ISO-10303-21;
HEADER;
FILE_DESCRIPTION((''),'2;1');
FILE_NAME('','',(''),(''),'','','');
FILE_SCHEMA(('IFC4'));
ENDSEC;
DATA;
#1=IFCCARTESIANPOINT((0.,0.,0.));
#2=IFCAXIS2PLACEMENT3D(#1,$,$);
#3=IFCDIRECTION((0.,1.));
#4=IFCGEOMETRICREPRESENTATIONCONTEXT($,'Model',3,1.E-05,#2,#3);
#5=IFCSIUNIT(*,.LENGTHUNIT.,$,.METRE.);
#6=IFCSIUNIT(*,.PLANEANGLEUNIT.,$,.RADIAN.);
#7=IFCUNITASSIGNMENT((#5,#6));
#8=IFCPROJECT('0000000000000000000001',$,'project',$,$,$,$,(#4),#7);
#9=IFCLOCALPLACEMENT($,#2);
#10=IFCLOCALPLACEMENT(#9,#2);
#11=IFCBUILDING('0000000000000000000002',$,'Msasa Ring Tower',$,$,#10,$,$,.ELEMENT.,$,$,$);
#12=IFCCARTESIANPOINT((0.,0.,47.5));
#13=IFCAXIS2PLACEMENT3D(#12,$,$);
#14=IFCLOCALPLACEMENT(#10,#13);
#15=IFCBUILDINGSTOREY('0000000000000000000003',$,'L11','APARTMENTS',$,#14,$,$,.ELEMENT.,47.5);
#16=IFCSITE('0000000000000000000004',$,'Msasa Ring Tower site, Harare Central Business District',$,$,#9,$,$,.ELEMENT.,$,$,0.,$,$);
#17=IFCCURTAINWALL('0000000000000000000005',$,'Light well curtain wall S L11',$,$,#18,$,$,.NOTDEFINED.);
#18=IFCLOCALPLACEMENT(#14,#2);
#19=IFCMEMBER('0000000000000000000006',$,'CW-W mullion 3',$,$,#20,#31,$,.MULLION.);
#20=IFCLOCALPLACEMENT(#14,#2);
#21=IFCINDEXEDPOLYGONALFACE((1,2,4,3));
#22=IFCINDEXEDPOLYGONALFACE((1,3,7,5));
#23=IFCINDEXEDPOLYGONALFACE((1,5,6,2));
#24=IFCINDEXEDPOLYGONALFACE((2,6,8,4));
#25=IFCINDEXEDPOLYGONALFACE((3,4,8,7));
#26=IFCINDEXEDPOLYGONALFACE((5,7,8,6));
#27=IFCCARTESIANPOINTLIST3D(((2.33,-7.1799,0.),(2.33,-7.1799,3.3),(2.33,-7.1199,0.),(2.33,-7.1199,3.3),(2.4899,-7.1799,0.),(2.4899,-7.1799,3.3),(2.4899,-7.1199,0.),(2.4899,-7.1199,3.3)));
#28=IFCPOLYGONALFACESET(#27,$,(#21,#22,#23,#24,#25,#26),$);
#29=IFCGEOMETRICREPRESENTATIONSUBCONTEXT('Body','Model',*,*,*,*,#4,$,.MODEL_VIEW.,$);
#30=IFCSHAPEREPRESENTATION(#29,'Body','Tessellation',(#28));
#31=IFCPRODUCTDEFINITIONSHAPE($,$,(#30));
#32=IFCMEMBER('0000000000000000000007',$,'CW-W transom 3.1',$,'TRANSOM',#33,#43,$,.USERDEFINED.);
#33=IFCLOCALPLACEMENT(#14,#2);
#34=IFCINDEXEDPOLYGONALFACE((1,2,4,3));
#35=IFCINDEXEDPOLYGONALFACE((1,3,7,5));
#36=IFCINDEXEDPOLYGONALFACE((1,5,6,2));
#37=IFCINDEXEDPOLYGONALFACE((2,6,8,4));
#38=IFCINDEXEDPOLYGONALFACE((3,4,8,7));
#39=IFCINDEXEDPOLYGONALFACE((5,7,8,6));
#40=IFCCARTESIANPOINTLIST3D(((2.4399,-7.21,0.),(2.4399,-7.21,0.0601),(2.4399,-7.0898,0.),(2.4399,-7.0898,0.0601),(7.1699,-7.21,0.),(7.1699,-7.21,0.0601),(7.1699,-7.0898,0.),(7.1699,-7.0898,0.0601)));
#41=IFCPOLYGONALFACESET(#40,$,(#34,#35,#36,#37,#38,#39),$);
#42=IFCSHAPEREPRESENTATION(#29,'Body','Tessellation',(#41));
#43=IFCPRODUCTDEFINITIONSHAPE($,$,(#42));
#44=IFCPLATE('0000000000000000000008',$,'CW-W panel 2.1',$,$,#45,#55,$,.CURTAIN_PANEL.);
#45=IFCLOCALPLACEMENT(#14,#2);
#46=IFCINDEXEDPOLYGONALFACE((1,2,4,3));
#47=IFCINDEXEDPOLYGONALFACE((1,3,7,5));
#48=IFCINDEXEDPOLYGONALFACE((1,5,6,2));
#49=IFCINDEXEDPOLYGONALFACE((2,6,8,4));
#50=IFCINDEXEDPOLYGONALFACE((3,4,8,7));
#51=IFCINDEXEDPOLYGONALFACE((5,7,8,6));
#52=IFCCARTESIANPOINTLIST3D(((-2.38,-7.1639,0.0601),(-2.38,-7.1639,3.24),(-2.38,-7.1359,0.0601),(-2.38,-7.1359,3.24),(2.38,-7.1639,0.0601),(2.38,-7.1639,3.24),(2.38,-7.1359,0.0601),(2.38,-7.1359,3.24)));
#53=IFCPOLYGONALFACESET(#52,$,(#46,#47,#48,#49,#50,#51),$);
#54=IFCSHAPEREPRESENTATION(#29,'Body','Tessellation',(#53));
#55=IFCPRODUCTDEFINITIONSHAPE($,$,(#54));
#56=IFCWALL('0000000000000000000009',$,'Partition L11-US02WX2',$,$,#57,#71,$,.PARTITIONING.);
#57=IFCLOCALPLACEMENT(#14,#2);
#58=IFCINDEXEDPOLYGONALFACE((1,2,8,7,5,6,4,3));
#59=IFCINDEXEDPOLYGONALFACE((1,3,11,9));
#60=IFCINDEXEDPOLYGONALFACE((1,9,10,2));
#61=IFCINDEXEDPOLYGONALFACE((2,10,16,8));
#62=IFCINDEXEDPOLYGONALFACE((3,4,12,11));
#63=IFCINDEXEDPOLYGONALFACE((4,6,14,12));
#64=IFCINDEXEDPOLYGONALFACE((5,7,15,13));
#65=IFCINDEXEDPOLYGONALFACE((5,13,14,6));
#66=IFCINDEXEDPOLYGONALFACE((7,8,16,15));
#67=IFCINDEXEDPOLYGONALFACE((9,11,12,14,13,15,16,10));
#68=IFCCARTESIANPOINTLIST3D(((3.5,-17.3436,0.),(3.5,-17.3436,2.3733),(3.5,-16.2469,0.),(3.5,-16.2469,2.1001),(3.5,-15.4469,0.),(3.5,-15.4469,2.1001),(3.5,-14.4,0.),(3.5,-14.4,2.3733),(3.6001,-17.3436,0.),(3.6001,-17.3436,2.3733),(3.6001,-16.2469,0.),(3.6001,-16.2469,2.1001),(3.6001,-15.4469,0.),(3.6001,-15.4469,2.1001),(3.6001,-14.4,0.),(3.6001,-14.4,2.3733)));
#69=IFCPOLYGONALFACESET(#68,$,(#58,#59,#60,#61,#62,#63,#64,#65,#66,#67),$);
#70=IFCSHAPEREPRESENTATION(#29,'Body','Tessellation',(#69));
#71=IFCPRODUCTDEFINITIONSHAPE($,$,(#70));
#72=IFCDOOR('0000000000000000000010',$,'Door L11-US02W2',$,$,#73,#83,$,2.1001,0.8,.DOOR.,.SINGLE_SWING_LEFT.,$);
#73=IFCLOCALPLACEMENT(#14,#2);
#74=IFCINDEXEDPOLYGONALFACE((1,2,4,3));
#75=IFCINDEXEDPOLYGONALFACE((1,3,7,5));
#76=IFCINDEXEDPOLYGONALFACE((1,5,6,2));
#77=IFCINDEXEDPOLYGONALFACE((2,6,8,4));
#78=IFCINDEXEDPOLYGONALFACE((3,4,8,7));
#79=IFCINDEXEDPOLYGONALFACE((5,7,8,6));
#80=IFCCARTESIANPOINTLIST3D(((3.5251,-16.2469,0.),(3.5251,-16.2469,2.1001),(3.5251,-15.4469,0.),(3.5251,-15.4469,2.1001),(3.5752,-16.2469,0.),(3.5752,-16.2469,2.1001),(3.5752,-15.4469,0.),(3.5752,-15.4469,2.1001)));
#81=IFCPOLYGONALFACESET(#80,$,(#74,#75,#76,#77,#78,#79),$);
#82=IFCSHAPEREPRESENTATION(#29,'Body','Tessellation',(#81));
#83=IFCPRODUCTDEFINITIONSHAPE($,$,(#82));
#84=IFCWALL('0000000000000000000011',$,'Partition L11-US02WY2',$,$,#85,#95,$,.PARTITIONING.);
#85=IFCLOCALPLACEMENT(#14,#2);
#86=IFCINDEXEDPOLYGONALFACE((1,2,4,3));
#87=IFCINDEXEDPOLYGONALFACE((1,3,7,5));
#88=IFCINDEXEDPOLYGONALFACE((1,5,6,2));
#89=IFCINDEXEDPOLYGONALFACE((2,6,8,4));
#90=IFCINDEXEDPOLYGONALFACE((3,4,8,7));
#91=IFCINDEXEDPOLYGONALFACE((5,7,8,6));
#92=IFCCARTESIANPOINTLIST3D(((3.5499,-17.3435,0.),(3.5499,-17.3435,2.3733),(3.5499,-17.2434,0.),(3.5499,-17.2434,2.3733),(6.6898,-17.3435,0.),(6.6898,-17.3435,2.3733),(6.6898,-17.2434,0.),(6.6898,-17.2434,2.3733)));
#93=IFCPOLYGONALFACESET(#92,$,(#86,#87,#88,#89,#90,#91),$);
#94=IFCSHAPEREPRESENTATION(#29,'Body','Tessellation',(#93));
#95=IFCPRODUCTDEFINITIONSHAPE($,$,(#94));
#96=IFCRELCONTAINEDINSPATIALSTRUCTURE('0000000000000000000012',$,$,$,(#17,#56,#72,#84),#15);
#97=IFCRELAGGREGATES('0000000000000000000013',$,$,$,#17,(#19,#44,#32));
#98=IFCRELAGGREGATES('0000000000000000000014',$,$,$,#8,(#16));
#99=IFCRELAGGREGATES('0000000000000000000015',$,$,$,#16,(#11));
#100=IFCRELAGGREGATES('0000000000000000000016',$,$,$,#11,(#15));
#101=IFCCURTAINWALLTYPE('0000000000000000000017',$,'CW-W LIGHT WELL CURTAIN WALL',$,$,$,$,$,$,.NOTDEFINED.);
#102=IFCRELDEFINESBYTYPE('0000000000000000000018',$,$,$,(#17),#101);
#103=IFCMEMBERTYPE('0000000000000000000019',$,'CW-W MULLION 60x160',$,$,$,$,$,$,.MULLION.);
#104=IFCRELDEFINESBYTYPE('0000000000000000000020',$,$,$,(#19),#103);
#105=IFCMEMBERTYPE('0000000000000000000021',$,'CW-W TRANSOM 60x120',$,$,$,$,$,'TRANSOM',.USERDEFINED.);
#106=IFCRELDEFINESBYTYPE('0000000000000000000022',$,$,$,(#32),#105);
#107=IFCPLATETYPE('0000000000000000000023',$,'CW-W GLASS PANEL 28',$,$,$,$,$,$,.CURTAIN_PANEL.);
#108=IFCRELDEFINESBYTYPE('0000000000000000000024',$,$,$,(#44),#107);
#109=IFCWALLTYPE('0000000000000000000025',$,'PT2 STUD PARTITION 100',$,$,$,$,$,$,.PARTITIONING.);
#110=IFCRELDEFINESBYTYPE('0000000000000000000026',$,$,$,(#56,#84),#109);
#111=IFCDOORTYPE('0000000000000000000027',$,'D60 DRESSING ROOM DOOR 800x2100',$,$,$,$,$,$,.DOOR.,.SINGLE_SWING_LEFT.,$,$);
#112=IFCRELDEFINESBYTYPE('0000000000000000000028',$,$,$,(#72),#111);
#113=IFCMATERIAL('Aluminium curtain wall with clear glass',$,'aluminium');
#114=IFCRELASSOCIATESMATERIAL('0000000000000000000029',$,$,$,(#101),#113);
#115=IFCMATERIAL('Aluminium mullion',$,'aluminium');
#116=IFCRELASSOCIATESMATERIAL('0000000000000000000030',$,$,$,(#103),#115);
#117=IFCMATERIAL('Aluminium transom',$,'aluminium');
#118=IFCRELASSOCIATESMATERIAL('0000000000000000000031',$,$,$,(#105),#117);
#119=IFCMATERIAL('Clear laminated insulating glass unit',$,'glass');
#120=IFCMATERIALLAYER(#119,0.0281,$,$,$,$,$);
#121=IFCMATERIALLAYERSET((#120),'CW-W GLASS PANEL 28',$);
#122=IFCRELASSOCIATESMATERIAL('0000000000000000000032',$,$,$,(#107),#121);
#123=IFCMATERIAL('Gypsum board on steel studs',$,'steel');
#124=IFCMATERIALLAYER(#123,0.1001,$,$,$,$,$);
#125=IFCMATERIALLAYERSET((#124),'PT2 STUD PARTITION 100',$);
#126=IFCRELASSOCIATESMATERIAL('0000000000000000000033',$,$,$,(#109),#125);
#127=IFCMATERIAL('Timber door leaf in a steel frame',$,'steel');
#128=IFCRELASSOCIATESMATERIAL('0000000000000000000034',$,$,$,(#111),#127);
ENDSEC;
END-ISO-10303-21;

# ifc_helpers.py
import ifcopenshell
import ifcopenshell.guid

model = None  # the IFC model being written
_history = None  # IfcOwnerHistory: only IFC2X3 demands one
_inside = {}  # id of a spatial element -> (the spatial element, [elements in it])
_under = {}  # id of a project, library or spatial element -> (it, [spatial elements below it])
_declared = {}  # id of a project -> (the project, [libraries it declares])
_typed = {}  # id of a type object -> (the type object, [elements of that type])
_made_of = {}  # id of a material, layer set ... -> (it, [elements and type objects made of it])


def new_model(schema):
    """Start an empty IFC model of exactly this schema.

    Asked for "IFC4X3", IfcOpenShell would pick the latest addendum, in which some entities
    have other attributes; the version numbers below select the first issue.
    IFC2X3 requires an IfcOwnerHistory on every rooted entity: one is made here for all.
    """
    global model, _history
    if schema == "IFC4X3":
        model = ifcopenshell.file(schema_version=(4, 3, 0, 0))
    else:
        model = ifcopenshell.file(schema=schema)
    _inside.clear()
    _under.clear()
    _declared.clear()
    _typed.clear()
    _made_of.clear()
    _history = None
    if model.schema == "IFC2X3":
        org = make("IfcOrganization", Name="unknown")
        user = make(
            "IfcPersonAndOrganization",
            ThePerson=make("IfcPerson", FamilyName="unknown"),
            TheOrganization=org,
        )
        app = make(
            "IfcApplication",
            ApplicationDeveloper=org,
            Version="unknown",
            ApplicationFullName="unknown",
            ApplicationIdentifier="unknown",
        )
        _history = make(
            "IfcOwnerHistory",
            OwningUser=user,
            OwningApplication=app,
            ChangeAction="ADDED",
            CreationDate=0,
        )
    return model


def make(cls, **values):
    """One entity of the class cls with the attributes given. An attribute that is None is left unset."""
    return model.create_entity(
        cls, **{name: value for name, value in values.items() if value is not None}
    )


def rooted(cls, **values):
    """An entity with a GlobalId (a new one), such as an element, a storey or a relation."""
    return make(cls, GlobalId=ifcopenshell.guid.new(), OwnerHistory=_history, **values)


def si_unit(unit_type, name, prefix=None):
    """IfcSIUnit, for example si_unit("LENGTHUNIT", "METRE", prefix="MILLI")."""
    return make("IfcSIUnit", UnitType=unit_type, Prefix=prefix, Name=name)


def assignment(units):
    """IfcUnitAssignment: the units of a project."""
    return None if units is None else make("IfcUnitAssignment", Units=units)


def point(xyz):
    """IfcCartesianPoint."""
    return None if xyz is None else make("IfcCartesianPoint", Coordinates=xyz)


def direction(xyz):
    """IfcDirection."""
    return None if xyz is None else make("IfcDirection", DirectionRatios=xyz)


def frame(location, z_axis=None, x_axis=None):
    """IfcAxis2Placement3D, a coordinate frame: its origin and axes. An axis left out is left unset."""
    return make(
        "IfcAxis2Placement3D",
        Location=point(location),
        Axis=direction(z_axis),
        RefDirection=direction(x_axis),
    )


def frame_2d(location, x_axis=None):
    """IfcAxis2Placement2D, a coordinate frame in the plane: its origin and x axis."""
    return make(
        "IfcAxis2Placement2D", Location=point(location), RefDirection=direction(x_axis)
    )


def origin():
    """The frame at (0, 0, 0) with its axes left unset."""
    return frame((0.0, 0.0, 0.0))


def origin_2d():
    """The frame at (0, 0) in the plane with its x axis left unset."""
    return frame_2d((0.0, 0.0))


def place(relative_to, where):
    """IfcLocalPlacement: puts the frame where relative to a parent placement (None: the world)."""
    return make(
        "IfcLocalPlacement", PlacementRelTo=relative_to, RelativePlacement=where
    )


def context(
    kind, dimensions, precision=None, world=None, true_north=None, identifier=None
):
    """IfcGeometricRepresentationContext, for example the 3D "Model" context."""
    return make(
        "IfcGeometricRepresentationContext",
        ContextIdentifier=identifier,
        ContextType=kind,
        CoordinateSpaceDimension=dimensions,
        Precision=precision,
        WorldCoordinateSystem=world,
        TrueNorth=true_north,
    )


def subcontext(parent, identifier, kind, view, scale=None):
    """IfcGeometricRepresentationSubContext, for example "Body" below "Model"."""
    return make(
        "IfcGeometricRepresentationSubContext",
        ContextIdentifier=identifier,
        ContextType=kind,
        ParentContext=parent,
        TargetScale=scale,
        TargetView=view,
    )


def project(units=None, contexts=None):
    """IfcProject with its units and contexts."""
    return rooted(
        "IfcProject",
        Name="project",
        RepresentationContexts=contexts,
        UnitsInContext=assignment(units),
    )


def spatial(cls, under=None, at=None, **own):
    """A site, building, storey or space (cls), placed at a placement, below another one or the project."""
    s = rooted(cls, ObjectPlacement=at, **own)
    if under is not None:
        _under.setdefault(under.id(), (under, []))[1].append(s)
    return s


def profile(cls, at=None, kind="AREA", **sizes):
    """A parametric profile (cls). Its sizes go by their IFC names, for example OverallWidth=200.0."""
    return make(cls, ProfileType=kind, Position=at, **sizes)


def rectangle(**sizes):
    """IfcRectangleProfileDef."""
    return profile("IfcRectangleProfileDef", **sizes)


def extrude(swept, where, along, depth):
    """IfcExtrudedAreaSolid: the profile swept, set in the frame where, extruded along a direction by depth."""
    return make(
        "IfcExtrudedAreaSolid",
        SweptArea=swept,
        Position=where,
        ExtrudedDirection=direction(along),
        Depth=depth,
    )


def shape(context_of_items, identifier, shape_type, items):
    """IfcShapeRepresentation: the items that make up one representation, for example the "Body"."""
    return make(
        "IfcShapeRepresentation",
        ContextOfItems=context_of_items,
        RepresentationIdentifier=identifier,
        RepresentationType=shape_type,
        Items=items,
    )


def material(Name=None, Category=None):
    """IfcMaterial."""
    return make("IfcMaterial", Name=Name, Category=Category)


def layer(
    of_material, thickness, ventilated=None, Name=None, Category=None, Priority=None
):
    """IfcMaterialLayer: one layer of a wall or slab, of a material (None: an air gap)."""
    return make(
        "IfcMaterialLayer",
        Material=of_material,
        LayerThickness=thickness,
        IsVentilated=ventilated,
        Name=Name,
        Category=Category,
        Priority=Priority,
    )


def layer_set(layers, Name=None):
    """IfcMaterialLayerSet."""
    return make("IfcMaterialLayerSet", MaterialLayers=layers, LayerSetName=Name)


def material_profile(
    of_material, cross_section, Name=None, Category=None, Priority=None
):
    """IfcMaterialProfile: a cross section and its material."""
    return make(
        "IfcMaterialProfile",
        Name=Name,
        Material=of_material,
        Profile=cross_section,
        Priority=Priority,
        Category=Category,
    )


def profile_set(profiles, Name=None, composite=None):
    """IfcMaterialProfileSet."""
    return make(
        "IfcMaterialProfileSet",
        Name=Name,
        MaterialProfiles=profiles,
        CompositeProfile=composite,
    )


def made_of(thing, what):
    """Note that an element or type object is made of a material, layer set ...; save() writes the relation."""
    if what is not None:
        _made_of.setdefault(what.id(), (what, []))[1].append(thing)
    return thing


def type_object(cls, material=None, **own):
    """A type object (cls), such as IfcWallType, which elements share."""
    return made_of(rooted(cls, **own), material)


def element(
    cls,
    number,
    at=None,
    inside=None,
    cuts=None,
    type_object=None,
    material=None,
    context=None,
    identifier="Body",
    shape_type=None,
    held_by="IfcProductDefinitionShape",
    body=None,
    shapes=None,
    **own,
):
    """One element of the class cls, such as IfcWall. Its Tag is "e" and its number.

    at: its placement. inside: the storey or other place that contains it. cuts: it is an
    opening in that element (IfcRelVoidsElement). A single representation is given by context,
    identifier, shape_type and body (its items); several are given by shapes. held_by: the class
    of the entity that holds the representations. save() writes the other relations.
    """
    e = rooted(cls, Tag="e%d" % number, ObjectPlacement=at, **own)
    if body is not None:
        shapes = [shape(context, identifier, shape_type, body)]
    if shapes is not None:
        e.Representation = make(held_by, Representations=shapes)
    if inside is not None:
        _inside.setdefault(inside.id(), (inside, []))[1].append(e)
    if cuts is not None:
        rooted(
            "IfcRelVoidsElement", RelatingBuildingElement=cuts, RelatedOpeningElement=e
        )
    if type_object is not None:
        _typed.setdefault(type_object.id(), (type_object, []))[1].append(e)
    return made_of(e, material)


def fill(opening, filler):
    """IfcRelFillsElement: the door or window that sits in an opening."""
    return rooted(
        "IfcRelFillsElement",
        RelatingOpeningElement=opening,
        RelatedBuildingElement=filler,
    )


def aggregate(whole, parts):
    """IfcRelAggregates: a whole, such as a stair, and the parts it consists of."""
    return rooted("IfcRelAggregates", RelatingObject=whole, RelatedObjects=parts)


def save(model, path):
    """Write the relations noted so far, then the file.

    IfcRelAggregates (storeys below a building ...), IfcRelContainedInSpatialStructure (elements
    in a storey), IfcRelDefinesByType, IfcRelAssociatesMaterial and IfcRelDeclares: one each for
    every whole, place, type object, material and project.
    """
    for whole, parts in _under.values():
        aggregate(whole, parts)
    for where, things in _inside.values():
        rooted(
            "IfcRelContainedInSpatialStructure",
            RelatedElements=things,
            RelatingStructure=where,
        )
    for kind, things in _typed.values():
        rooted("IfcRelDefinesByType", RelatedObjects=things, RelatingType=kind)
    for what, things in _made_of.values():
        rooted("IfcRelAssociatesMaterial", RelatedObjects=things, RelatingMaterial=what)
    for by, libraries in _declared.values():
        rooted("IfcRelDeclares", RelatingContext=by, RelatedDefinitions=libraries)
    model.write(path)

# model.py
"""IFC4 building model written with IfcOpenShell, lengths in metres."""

from ifc_helpers import new_model, si_unit, direction, frame, frame_2d, origin, origin_2d, place, context, subcontext, project, spatial, rectangle, extrude, material, layer, layer_set, material_profile, profile_set, type_object, element, fill, aggregate, save


model = new_model("IFC4")

# Units and contexts
model_context = context("Model", 3, precision=1e-05, world=origin(), true_north=direction((0.0, 1.0)))
body_context = subcontext(model_context, "Body", "Model", "MODEL_VIEW")
ifc_project = project(units=[si_unit("LENGTHUNIT", "METRE"), si_unit("PLANEANGLEUNIT", "RADIAN")], contexts=[model_context])

# Site, building, storey
site_placement = place(None, origin())
site = spatial("IfcSite", under=ifc_project, at=site_placement, Name="Msasa Ring Tower site, Harare Central Business District", CompositionType="ELEMENT", RefElevation=0.0)
building_placement = place(site_placement, origin())
building = spatial("IfcBuilding", under=site, at=building_placement, Name="Msasa Ring Tower", CompositionType="ELEMENT")
storey_placement = place(building_placement, frame((0.0, 0.0, 47.5)))
storey = spatial("IfcBuildingStorey", under=building, at=storey_placement, Name="L11", Description="APARTMENTS", CompositionType="ELEMENT", Elevation=47.5)

# Curtain wall, members, plate
ifc_material_1 = material(Name="Aluminium curtain wall with clear glass", Category="aluminium")
curtain_wall_type = type_object("IfcCurtainWallType", Name="CW-W LIGHT WELL CURTAIN WALL", PredefinedType="NOTDEFINED", material=ifc_material_1)
curtain_wall_placement = place(storey_placement, origin())
curtain_wall = element("IfcCurtainWall", 1, at=curtain_wall_placement, inside=storey, type_object=curtain_wall_type, Name="Light well curtain wall S L11", PredefinedType="NOTDEFINED")
ifc_material_2 = material(Name="Aluminium mullion", Category="aluminium")
ifc_material_profile_1 = material_profile(ifc_material_2, rectangle(XDim=0.0601, YDim=0.1599, at=origin_2d()), Name="AL 60x160")
ifc_profile_set_1 = profile_set([ifc_material_profile_1], Name="Aluminium mullion")
member_type_1 = type_object("IfcMemberType", Name="CW-W MULLION 60x160", PredefinedType="MULLION", material=ifc_profile_set_1)
member_1_placement = place(storey_placement, frame((2.4099, -7.1499, 0.0), z_axis=(0.0, 0.0, 1.0), x_axis=(0.0, 1.0, 0.0)))
member_1 = element("IfcMember", 2, at=member_1_placement, type_object=member_type_1, Name="CW-W mullion 3", PredefinedType="MULLION", context=body_context, shape_type="SweptSolid", body=[
    extrude(rectangle(XDim=0.0601, YDim=0.1599, at=origin_2d()), origin(), (0.0, 0.0, 1.0), 3.3),
])
ifc_material_3 = material(Name="Aluminium transom", Category="aluminium")
ifc_material_profile_2 = material_profile(ifc_material_3, rectangle(XDim=0.1201, YDim=0.0601, at=origin_2d()), Name="AL 60x120")
ifc_profile_set_2 = profile_set([ifc_material_profile_2], Name="Aluminium transom")
member_type_2 = type_object("IfcMemberType", Name="CW-W TRANSOM 60x120", ElementType="TRANSOM", PredefinedType="USERDEFINED", material=ifc_profile_set_2)
member_2_placement = place(storey_placement, frame((2.4399, -7.1499, 0.03), z_axis=(1.0, 0.0, 0.0), x_axis=(0.0, 1.0, 0.0)))
member_2 = element("IfcMember", 3, at=member_2_placement, type_object=member_type_2, Name="CW-W transom 3.1", ObjectType="TRANSOM", PredefinedType="USERDEFINED", context=body_context, shape_type="SweptSolid", body=[
    extrude(rectangle(XDim=0.1201, YDim=0.0601, at=origin_2d()), origin(), (0.0, 0.0, 1.0), 4.73),
])
ifc_material_4 = material(Name="Clear laminated insulating glass unit", Category="glass")
ifc_layer_1 = layer(ifc_material_4, 0.0281)
ifc_layer_set_1 = layer_set([ifc_layer_1], Name="CW-W GLASS PANEL 28")
plate_type = type_object("IfcPlateType", Name="CW-W GLASS PANEL 28", PredefinedType="CURTAIN_PANEL", material=ifc_layer_set_1)
plate_placement = place(storey_placement, frame((0.0, -7.1499, 0.0601), z_axis=(0.0, 0.0, 1.0), x_axis=(1.0, 0.0, 0.0)))
plate = element("IfcPlate", 4, at=plate_placement, type_object=plate_type, Name="CW-W panel 2.1", PredefinedType="CURTAIN_PANEL", context=body_context, shape_type="SweptSolid", body=[
    extrude(rectangle(XDim=4.76, YDim=0.0281, at=origin_2d()), origin(), (0.0, 0.0, 1.0), 3.1799),
])
aggregate(curtain_wall, [member_1, plate, member_2])

# Wall, opening, door
ifc_material_5 = material(Name="Gypsum board on steel studs", Category="steel")
ifc_layer_2 = layer(ifc_material_5, 0.1001)
ifc_layer_set_2 = layer_set([ifc_layer_2], Name="PT2 STUD PARTITION 100")
wall_type_1 = type_object("IfcWallType", Name="PT2 STUD PARTITION 100", PredefinedType="PARTITIONING", material=ifc_layer_set_2)
wall_1_placement = place(storey_placement, frame((3.55, -17.3435, 0.0), z_axis=(0.0, 0.0, 1.0), x_axis=(0.0, 1.0, 0.0)))
wall_1 = element("IfcWall", 5, at=wall_1_placement, inside=storey, type_object=wall_type_1, Name="Partition L11-US02WX2", PredefinedType="PARTITIONING", context=body_context, shape_type="SweptSolid", body=[
    extrude(rectangle(XDim=2.9436, YDim=0.1001, at=frame_2d((1.4717, 0.0))), origin(), (0.0, 0.0, 1.0), 2.3733),
])
opening_1_placement = place(wall_1_placement, frame((1.0967, 0.0, 0.0)))
opening_1 = element("IfcOpeningElement", 6, at=opening_1_placement, cuts=wall_1, PredefinedType="OPENING", context=body_context, shape_type="SweptSolid", body=[
    extrude(rectangle(XDim=0.8, YDim=2.1001, at=frame_2d((0.3999, 1.05))), frame((0.0, 0.0601, 0.0), z_axis=(0.0, -1.0, 0.0), x_axis=(1.0, 0.0, 0.0)), (0.0, 0.0, 1.0), 0.1201),
])
ifc_material_6 = material(Name="Timber door leaf in a steel frame", Category="steel")
door_type_1 = type_object("IfcDoorType", Name="D60 DRESSING ROOM DOOR 800x2100", OperationType="SINGLE_SWING_LEFT", PredefinedType="DOOR", material=ifc_material_6)
door_1_placement = place(opening_1_placement, origin())
door_1 = element("IfcDoor", 7, at=door_1_placement, inside=storey, type_object=door_type_1, Name="Door L11-US02W2", OperationType="SINGLE_SWING_LEFT", OverallHeight=2.1001, OverallWidth=0.8, PredefinedType="DOOR", context=body_context, shape_type="SweptSolid", body=[
    extrude(rectangle(XDim=0.8, YDim=2.1001, at=frame_2d((0.3999, 1.05))), frame((0.0, 0.0249, 0.0), z_axis=(0.0, -1.0, 0.0), x_axis=(1.0, 0.0, 0.0)), (0.0, 0.0, 1.0), 0.05),
])
fill(opening_1, door_1)

# Wall
wall_2_placement = place(storey_placement, frame((3.55, -17.2935, 0.0), z_axis=(0.0, 0.0, 1.0), x_axis=(1.0, 0.0, 0.0)))
element("IfcWall", 8, at=wall_2_placement, inside=storey, type_object=wall_type_1, Name="Partition L11-US02WY2", PredefinedType="PARTITIONING", context=body_context, shape_type="SweptSolid", body=[
    extrude(rectangle(XDim=3.1399, YDim=0.1001, at=frame_2d((1.5698, 0.0))), origin(), (0.0, 0.0, 1.0), 2.3733),
])

save(model, "model.ifc")
